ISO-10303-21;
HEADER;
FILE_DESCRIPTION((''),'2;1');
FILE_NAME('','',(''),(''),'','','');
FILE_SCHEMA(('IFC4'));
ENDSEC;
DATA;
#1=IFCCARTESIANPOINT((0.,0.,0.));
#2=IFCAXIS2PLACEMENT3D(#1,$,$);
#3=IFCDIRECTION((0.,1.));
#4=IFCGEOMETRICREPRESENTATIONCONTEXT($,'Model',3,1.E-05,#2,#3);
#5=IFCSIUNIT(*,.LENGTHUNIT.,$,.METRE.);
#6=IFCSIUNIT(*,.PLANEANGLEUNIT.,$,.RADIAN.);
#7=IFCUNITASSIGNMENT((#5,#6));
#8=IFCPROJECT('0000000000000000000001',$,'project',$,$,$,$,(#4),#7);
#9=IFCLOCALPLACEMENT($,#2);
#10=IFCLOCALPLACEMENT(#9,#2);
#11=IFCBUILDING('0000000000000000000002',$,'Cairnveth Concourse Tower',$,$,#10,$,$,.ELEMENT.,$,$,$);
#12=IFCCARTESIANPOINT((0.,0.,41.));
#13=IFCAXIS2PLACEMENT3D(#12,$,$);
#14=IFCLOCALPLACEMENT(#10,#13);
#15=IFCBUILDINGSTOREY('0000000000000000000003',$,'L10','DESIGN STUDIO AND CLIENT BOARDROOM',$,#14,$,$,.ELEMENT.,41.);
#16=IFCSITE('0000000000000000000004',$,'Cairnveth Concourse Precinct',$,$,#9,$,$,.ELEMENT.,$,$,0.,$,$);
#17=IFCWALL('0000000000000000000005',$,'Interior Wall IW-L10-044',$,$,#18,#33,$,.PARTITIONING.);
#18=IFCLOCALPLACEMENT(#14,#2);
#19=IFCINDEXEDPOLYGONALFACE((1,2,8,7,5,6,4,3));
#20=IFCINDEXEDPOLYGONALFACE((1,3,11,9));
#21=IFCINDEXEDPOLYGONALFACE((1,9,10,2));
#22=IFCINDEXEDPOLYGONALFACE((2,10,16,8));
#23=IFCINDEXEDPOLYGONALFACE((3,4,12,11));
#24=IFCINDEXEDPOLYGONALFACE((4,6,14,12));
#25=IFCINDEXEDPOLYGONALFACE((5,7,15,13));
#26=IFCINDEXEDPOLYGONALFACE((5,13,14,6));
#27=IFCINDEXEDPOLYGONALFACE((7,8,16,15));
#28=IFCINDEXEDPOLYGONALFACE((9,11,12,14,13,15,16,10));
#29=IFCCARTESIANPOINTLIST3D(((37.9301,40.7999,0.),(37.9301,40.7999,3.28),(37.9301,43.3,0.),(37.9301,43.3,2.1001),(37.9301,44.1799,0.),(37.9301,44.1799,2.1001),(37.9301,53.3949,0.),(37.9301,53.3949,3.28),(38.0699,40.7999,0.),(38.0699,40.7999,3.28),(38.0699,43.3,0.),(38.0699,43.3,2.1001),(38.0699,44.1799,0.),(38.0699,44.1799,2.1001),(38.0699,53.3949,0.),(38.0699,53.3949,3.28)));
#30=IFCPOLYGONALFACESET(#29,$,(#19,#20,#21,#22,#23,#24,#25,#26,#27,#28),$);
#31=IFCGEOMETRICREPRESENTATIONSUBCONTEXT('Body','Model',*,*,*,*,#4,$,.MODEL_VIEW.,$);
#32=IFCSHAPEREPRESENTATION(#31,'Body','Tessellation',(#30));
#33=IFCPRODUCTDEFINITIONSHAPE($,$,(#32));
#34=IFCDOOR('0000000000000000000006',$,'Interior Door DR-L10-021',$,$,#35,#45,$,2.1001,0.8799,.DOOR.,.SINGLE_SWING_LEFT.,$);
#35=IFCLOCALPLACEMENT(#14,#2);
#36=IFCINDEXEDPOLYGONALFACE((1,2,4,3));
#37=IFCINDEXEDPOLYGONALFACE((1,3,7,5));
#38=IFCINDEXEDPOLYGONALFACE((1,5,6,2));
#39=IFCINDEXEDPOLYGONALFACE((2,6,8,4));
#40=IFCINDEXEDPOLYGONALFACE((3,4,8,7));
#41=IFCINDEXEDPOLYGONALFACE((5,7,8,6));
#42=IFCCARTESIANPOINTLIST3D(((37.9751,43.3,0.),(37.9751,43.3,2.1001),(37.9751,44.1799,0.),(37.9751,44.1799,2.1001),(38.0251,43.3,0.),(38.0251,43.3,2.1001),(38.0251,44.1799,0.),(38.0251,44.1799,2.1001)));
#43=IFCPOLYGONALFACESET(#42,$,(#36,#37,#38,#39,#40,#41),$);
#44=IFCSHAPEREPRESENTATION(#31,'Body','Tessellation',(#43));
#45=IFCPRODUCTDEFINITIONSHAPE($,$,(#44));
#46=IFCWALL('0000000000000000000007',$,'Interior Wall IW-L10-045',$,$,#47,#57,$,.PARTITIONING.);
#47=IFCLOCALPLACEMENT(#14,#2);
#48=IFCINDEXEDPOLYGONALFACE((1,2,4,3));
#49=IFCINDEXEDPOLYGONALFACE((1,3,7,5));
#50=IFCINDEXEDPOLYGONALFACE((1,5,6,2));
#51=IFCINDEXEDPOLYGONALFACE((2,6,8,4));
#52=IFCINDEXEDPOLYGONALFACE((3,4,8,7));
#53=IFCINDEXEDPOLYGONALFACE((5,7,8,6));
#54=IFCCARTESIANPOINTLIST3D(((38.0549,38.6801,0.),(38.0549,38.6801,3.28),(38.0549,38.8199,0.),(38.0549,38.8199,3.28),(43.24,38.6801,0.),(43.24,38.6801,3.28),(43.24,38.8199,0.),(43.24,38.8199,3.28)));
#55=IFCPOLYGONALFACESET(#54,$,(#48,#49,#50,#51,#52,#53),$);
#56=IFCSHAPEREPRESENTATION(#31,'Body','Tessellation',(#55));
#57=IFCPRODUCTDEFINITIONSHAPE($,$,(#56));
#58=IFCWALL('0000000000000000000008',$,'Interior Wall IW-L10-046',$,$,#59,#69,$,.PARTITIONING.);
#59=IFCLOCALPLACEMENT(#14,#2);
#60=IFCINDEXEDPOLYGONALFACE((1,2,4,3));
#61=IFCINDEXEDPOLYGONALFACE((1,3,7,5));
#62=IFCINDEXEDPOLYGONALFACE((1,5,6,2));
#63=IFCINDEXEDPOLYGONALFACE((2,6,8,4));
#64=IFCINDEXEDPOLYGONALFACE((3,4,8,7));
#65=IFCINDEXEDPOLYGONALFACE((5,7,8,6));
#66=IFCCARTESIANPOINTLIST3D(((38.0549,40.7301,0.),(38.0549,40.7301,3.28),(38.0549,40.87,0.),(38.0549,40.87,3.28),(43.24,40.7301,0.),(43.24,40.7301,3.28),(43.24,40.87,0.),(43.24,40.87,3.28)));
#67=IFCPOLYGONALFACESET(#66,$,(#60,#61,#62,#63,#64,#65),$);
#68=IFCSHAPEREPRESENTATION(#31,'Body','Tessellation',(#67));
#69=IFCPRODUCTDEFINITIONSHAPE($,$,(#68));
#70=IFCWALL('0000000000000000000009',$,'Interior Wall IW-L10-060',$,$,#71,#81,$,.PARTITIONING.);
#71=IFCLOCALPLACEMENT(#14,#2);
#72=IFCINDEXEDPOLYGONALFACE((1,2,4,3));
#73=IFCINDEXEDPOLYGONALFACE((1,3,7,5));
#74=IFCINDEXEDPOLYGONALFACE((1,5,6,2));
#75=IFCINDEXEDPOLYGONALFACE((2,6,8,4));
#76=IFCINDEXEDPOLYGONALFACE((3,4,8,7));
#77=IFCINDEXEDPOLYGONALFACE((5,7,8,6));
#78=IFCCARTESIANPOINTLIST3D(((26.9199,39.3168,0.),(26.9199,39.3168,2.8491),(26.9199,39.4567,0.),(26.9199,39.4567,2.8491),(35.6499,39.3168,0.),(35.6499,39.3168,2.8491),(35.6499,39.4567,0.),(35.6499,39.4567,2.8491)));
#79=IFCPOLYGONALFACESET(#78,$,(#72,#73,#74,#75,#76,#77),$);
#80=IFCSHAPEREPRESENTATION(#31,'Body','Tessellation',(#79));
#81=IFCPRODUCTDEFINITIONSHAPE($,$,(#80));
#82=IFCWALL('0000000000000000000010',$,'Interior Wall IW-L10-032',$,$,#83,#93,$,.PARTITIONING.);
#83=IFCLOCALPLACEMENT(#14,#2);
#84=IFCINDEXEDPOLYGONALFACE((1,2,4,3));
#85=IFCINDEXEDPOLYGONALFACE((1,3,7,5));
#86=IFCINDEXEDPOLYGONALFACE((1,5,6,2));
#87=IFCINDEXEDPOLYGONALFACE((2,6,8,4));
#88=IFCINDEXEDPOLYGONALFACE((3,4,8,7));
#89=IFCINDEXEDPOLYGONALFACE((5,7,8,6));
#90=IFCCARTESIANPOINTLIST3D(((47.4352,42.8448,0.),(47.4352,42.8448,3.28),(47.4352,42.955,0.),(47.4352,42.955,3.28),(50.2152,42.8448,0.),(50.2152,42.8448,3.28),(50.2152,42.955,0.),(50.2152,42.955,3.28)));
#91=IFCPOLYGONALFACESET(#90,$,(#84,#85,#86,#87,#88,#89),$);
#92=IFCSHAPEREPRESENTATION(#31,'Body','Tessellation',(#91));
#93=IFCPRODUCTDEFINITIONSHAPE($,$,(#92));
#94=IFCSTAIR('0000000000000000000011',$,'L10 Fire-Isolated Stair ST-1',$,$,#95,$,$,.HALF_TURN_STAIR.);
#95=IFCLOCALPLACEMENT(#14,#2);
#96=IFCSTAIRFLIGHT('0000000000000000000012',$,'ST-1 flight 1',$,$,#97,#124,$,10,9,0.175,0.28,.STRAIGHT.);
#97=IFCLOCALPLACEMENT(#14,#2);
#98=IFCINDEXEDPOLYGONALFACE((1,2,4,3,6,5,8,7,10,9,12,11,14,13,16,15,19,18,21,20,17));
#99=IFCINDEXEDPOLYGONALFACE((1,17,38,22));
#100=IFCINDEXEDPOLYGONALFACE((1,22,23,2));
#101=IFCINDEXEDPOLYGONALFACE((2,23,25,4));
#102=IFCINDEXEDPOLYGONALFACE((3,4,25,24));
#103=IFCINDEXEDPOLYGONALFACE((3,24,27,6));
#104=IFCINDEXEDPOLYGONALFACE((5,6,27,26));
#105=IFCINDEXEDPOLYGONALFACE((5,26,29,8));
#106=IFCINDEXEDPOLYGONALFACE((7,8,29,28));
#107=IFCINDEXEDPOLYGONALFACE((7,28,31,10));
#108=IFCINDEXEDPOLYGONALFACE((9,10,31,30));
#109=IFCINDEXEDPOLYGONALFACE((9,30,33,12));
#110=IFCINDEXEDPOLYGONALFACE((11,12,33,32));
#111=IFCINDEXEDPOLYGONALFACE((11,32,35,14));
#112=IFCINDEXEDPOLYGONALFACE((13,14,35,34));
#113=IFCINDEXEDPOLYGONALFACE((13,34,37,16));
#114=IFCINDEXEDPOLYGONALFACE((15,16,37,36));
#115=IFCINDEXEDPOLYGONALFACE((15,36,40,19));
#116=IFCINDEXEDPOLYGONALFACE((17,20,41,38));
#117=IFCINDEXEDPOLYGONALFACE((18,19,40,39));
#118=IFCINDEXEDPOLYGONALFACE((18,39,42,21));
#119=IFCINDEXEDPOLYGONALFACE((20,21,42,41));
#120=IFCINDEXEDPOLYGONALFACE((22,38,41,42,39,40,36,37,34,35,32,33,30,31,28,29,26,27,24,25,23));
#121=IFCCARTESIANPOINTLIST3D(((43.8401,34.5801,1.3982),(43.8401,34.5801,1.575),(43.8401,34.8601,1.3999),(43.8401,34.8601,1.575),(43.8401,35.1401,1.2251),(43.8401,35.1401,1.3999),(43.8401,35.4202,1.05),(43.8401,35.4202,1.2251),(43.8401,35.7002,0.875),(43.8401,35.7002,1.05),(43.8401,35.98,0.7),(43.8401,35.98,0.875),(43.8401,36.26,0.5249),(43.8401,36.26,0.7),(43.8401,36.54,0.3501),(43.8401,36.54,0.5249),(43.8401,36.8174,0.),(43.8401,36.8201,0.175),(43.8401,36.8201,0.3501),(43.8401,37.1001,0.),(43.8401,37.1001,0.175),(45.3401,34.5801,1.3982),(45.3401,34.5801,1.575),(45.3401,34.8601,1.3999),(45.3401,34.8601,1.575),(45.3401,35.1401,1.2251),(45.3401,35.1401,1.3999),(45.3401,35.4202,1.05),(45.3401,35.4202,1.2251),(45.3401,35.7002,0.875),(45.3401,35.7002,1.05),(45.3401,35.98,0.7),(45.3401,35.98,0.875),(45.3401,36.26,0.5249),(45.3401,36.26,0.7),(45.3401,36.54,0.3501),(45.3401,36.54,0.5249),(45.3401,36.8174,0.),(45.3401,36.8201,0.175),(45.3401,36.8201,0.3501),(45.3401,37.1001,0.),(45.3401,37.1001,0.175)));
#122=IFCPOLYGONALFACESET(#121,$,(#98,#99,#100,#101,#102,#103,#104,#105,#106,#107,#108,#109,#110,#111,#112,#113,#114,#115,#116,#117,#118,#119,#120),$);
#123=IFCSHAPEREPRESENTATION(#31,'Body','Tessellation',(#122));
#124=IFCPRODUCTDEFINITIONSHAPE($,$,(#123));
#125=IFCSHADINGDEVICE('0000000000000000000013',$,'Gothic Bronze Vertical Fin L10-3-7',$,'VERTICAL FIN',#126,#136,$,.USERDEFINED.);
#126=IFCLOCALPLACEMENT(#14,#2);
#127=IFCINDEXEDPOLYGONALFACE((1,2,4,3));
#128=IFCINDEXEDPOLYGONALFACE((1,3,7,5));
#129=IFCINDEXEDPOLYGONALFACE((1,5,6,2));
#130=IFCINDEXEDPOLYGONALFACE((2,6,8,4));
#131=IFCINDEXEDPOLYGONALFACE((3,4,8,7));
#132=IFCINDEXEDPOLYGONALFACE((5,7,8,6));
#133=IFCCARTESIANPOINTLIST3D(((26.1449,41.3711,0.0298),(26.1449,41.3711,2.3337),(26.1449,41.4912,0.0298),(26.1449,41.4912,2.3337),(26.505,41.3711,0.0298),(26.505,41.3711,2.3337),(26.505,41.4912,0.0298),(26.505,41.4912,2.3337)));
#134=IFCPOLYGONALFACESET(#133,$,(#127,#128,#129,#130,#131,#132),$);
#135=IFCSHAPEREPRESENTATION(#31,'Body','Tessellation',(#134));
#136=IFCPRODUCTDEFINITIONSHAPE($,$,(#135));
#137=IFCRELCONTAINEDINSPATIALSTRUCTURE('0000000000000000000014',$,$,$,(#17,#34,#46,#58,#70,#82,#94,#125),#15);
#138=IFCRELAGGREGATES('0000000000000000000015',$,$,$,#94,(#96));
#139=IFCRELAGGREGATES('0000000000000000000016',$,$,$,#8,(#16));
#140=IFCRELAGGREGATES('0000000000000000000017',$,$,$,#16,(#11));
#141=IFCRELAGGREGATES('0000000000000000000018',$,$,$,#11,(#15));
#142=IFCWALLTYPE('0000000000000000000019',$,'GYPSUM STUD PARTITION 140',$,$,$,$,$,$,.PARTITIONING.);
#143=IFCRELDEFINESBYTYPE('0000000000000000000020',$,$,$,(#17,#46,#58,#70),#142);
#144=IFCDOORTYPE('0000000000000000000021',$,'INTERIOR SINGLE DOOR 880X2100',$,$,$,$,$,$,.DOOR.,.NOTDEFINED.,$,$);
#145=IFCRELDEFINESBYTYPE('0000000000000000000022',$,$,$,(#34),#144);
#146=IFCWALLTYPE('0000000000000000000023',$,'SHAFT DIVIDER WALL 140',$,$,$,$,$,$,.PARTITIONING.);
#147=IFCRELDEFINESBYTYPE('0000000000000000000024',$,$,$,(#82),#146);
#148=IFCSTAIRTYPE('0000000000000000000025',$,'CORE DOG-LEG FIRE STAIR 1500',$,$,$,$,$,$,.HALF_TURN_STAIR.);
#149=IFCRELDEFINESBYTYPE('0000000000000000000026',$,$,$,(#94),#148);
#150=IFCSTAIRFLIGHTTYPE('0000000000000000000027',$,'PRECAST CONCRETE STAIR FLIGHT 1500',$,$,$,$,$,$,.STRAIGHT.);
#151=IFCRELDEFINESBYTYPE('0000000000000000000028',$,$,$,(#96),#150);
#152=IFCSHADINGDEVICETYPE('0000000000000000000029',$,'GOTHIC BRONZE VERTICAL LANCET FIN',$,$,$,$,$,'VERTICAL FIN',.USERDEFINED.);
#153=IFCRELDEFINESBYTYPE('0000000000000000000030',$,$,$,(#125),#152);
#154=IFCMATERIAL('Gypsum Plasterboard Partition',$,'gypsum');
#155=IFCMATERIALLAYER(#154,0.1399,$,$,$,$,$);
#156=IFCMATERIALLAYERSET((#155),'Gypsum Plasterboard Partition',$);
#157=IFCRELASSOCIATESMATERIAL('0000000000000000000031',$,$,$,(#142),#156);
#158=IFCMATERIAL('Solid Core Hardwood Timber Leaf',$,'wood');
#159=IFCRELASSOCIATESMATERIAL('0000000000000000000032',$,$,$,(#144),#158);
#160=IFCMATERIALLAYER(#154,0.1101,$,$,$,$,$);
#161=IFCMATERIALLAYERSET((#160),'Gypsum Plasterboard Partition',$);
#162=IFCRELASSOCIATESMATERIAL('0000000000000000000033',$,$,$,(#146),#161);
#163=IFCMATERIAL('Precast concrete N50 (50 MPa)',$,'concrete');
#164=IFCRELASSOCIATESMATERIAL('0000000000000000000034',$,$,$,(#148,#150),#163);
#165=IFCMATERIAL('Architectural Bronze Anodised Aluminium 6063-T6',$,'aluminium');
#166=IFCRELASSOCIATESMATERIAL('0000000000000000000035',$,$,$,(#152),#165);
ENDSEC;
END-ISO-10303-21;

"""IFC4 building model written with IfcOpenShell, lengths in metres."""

from ifc_helpers import new_model, si_unit, direction, frame, frame_2d, origin, origin_2d, place, context, subcontext, project, spatial, polyline, rectangle, outline, extrude, material, layer, layer_set, type_object, element, fill, aggregate, save


model = new_model("IFC4")

# Units and contexts
model_context = context("Model", 3, precision=1e-05, world=origin(), true_north=direction((0.0, 1.0)))
body_context = subcontext(model_context, "Body", "Model", "MODEL_VIEW")
ifc_project = project(units=[si_unit("LENGTHUNIT", "METRE"), si_unit("PLANEANGLEUNIT", "RADIAN")], contexts=[model_context])

# Site, building, storey
site_placement = place(None, origin())
site = spatial("IfcSite", under=ifc_project, at=site_placement, Name="Cairnveth Concourse Precinct", CompositionType="ELEMENT", RefElevation=0.0)
building_placement = place(site_placement, origin())
building = spatial("IfcBuilding", under=site, at=building_placement, Name="Cairnveth Concourse Tower", CompositionType="ELEMENT")
storey_placement = place(building_placement, frame((0.0, 0.0, 41.0)))
storey = spatial("IfcBuildingStorey", under=building, at=storey_placement, Name="L10", Description="DESIGN STUDIO AND CLIENT BOARDROOM", CompositionType="ELEMENT", Elevation=41.0)

# Shared definitions
ifc_material_1 = material(Name="Architectural Bronze Anodised Aluminium 6063-T6", Category="aluminium")

# Wall, opening, door
ifc_material_2 = material(Name="Gypsum Plasterboard Partition", Category="gypsum")
ifc_layer_1 = layer(ifc_material_2, 0.1399)
ifc_layer_set_1 = layer_set([ifc_layer_1], Name="Gypsum Plasterboard Partition")
wall_type_1 = type_object("IfcWallType", Name="GYPSUM STUD PARTITION 140", PredefinedType="PARTITIONING", material=ifc_layer_set_1)
wall_1_placement = place(storey_placement, frame((38.0, 40.8, 0.0), z_axis=(0.0, 0.0, 1.0), x_axis=(0.0, 1.0, 0.0)))
wall_1 = element("IfcWall", 1, at=wall_1_placement, inside=storey, type_object=wall_type_1, Name="Interior Wall IW-L10-044", PredefinedType="PARTITIONING", context=body_context, shape_type="SweptSolid", body=[
    extrude(rectangle(XDim=12.595, YDim=0.1399, at=frame_2d((6.2974, 0.0))), origin(), (0.0, 0.0, 1.0), 3.28),
])
opening_1_placement = place(wall_1_placement, frame((2.5, 0.0, 0.0)))
opening_1 = element("IfcOpeningElement", 2, at=opening_1_placement, cuts=wall_1, PredefinedType="OPENING", context=body_context, shape_type="SweptSolid", body=[
    extrude(rectangle(XDim=0.8799, YDim=2.1001, at=frame_2d((0.4399, 1.05))), frame((0.0, 0.0798, 0.0), z_axis=(0.0, -1.0, 0.0), x_axis=(1.0, 0.0, 0.0)), (0.0, 0.0, 1.0), 0.1599),
])
ifc_material_3 = material(Name="Solid Core Hardwood Timber Leaf", Category="wood")
door_type_1 = type_object("IfcDoorType", Name="INTERIOR SINGLE DOOR 880X2100", OperationType="NOTDEFINED", PredefinedType="DOOR", material=ifc_material_3)
door_1_placement = place(opening_1_placement, origin())
door_1 = element("IfcDoor", 3, at=door_1_placement, inside=storey, type_object=door_type_1, Name="Interior Door DR-L10-021", OperationType="SINGLE_SWING_LEFT", OverallHeight=2.1001, OverallWidth=0.8799, PredefinedType="DOOR", context=body_context, shape_type="SweptSolid", body=[
    extrude(rectangle(XDim=0.8799, YDim=2.1001, at=frame_2d((0.4399, 1.05))), frame((0.0, 0.0249, 0.0), z_axis=(0.0, -1.0, 0.0), x_axis=(1.0, 0.0, 0.0)), (0.0, 0.0, 1.0), 0.05),
])
fill(opening_1, door_1)

# Walls
for number, where, z_axis, x_axis, name in (
    (4, (38.0549, 38.75, 0.0), (0.0, 0.0, 1.0), (1.0, 0.0, 0.0), "Interior Wall IW-L10-045"),
    (5, (38.0549, 40.8, 0.0), (0.0, 0.0, 1.0), (1.0, 0.0, 0.0), "Interior Wall IW-L10-046"),
):
    element("IfcWall", number, at=place(storey_placement, frame(where, z_axis=z_axis, x_axis=x_axis)), inside=storey, type_object=wall_type_1, Name=name, PredefinedType="PARTITIONING", context=body_context, shape_type="SweptSolid", body=[
        extrude(rectangle(XDim=5.1851, YDim=0.1399, at=frame_2d((2.5925, 0.0))), origin(), (0.0, 0.0, 1.0), 3.28),
    ])
wall_2_placement = place(storey_placement, frame((26.9199, 39.3867, 0.0), z_axis=(0.0, 0.0, 1.0), x_axis=(1.0, 0.0, 0.0)))
element("IfcWall", 6, at=wall_2_placement, inside=storey, type_object=wall_type_1, Name="Interior Wall IW-L10-060", PredefinedType="PARTITIONING", context=body_context, shape_type="SweptSolid", body=[
    extrude(rectangle(XDim=8.73, YDim=0.1399, at=frame_2d((4.365, 0.0))), origin(), (0.0, 0.0, 1.0), 2.8491),
])
ifc_layer_2 = layer(ifc_material_2, 0.1101)
ifc_layer_set_2 = layer_set([ifc_layer_2], Name="Gypsum Plasterboard Partition")
wall_type_2 = type_object("IfcWallType", Name="SHAFT DIVIDER WALL 140", PredefinedType="PARTITIONING", material=ifc_layer_set_2)
wall_3_placement = place(storey_placement, frame((47.4351, 42.8999, 0.0), z_axis=(0.0, 0.0, 1.0), x_axis=(1.0, 0.0, 0.0)))
element("IfcWall", 7, at=wall_3_placement, inside=storey, type_object=wall_type_2, Name="Interior Wall IW-L10-032", PredefinedType="PARTITIONING", context=body_context, shape_type="SweptSolid", body=[
    extrude(rectangle(XDim=2.78, YDim=0.1101, at=frame_2d((1.3901, 0.0))), origin(), (0.0, 0.0, 1.0), 3.28),
])

# Stair, stair flight
ifc_material_4 = material(Name="Precast concrete N50 (50 MPa)", Category="concrete")
stair_type = type_object("IfcStairType", Name="CORE DOG-LEG FIRE STAIR 1500", PredefinedType="HALF_TURN_STAIR", material=ifc_material_4)
stair_placement = place(storey_placement, origin())
stair = element("IfcStair", 8, at=stair_placement, inside=storey, type_object=stair_type, Name="L10 Fire-Isolated Stair ST-1", PredefinedType="HALF_TURN_STAIR")
stair_flight_type = type_object("IfcStairFlightType", Name="PRECAST CONCRETE STAIR FLIGHT 1500", PredefinedType="STRAIGHT", material=ifc_material_4)
stair_flight_placement = place(storey_placement, frame((44.5901, 37.1001, 0.0), z_axis=(0.0, 0.0, 1.0), x_axis=(0.0, -1.0, 0.0)))
stair_flight = element("IfcStairFlight", 9, at=stair_flight_placement, type_object=stair_flight_type, Name="ST-1 flight 1", NumberOfRisers=10, NumberOfTreads=9, PredefinedType="STRAIGHT", RiserHeight=0.175, TreadLength=0.28, context=body_context, shape_type="SweptSolid", body=[
    extrude(outline(polyline([(0.0, 0.0), (0.0, 0.175), (0.28, 0.175), (0.28, 0.3501), (0.5601, 0.3501), (0.5601, 0.5249), (0.8401, 0.5249), (0.8401, 0.7), (1.1201, 0.7), (1.1201, 0.875), (1.3999, 0.875), (1.3999, 1.05), (1.6799, 1.05), (1.6799, 1.2251), (1.96, 1.2251), (1.96, 1.3999), (2.24, 1.3999), (2.24, 1.575), (2.52, 1.575), (2.52, 1.75), (2.52, 1.3982), (0.2827, 0.0), (0.0, 0.0)])), frame((0.0, 0.75, 0.0), z_axis=(0.0, -1.0, 0.0), x_axis=(1.0, 0.0, 0.0)), (0.0, 0.0, 1.0), 1.5),
])
aggregate(stair, [stair_flight])

# Shading device
shading_device_type = type_object("IfcShadingDeviceType", Name="GOTHIC BRONZE VERTICAL LANCET FIN", ElementType="VERTICAL FIN", PredefinedType="USERDEFINED", material=ifc_material_1)
shading_device_placement = place(storey_placement, frame((26.325, 41.4312, 0.0298), z_axis=(0.0, 0.0, 1.0), x_axis=(0.0, 1.0, 0.0)))
element("IfcShadingDevice", 10, at=shading_device_placement, inside=storey, type_object=shading_device_type, Name="Gothic Bronze Vertical Fin L10-3-7", ObjectType="VERTICAL FIN", PredefinedType="USERDEFINED", context=body_context, shape_type="SweptSolid", body=[
    extrude(rectangle(XDim=0.1201, YDim=0.3601, at=origin_2d()), origin(), (0.0, 0.0, 1.0), 2.304),
])

save(model, "model.ifc")
